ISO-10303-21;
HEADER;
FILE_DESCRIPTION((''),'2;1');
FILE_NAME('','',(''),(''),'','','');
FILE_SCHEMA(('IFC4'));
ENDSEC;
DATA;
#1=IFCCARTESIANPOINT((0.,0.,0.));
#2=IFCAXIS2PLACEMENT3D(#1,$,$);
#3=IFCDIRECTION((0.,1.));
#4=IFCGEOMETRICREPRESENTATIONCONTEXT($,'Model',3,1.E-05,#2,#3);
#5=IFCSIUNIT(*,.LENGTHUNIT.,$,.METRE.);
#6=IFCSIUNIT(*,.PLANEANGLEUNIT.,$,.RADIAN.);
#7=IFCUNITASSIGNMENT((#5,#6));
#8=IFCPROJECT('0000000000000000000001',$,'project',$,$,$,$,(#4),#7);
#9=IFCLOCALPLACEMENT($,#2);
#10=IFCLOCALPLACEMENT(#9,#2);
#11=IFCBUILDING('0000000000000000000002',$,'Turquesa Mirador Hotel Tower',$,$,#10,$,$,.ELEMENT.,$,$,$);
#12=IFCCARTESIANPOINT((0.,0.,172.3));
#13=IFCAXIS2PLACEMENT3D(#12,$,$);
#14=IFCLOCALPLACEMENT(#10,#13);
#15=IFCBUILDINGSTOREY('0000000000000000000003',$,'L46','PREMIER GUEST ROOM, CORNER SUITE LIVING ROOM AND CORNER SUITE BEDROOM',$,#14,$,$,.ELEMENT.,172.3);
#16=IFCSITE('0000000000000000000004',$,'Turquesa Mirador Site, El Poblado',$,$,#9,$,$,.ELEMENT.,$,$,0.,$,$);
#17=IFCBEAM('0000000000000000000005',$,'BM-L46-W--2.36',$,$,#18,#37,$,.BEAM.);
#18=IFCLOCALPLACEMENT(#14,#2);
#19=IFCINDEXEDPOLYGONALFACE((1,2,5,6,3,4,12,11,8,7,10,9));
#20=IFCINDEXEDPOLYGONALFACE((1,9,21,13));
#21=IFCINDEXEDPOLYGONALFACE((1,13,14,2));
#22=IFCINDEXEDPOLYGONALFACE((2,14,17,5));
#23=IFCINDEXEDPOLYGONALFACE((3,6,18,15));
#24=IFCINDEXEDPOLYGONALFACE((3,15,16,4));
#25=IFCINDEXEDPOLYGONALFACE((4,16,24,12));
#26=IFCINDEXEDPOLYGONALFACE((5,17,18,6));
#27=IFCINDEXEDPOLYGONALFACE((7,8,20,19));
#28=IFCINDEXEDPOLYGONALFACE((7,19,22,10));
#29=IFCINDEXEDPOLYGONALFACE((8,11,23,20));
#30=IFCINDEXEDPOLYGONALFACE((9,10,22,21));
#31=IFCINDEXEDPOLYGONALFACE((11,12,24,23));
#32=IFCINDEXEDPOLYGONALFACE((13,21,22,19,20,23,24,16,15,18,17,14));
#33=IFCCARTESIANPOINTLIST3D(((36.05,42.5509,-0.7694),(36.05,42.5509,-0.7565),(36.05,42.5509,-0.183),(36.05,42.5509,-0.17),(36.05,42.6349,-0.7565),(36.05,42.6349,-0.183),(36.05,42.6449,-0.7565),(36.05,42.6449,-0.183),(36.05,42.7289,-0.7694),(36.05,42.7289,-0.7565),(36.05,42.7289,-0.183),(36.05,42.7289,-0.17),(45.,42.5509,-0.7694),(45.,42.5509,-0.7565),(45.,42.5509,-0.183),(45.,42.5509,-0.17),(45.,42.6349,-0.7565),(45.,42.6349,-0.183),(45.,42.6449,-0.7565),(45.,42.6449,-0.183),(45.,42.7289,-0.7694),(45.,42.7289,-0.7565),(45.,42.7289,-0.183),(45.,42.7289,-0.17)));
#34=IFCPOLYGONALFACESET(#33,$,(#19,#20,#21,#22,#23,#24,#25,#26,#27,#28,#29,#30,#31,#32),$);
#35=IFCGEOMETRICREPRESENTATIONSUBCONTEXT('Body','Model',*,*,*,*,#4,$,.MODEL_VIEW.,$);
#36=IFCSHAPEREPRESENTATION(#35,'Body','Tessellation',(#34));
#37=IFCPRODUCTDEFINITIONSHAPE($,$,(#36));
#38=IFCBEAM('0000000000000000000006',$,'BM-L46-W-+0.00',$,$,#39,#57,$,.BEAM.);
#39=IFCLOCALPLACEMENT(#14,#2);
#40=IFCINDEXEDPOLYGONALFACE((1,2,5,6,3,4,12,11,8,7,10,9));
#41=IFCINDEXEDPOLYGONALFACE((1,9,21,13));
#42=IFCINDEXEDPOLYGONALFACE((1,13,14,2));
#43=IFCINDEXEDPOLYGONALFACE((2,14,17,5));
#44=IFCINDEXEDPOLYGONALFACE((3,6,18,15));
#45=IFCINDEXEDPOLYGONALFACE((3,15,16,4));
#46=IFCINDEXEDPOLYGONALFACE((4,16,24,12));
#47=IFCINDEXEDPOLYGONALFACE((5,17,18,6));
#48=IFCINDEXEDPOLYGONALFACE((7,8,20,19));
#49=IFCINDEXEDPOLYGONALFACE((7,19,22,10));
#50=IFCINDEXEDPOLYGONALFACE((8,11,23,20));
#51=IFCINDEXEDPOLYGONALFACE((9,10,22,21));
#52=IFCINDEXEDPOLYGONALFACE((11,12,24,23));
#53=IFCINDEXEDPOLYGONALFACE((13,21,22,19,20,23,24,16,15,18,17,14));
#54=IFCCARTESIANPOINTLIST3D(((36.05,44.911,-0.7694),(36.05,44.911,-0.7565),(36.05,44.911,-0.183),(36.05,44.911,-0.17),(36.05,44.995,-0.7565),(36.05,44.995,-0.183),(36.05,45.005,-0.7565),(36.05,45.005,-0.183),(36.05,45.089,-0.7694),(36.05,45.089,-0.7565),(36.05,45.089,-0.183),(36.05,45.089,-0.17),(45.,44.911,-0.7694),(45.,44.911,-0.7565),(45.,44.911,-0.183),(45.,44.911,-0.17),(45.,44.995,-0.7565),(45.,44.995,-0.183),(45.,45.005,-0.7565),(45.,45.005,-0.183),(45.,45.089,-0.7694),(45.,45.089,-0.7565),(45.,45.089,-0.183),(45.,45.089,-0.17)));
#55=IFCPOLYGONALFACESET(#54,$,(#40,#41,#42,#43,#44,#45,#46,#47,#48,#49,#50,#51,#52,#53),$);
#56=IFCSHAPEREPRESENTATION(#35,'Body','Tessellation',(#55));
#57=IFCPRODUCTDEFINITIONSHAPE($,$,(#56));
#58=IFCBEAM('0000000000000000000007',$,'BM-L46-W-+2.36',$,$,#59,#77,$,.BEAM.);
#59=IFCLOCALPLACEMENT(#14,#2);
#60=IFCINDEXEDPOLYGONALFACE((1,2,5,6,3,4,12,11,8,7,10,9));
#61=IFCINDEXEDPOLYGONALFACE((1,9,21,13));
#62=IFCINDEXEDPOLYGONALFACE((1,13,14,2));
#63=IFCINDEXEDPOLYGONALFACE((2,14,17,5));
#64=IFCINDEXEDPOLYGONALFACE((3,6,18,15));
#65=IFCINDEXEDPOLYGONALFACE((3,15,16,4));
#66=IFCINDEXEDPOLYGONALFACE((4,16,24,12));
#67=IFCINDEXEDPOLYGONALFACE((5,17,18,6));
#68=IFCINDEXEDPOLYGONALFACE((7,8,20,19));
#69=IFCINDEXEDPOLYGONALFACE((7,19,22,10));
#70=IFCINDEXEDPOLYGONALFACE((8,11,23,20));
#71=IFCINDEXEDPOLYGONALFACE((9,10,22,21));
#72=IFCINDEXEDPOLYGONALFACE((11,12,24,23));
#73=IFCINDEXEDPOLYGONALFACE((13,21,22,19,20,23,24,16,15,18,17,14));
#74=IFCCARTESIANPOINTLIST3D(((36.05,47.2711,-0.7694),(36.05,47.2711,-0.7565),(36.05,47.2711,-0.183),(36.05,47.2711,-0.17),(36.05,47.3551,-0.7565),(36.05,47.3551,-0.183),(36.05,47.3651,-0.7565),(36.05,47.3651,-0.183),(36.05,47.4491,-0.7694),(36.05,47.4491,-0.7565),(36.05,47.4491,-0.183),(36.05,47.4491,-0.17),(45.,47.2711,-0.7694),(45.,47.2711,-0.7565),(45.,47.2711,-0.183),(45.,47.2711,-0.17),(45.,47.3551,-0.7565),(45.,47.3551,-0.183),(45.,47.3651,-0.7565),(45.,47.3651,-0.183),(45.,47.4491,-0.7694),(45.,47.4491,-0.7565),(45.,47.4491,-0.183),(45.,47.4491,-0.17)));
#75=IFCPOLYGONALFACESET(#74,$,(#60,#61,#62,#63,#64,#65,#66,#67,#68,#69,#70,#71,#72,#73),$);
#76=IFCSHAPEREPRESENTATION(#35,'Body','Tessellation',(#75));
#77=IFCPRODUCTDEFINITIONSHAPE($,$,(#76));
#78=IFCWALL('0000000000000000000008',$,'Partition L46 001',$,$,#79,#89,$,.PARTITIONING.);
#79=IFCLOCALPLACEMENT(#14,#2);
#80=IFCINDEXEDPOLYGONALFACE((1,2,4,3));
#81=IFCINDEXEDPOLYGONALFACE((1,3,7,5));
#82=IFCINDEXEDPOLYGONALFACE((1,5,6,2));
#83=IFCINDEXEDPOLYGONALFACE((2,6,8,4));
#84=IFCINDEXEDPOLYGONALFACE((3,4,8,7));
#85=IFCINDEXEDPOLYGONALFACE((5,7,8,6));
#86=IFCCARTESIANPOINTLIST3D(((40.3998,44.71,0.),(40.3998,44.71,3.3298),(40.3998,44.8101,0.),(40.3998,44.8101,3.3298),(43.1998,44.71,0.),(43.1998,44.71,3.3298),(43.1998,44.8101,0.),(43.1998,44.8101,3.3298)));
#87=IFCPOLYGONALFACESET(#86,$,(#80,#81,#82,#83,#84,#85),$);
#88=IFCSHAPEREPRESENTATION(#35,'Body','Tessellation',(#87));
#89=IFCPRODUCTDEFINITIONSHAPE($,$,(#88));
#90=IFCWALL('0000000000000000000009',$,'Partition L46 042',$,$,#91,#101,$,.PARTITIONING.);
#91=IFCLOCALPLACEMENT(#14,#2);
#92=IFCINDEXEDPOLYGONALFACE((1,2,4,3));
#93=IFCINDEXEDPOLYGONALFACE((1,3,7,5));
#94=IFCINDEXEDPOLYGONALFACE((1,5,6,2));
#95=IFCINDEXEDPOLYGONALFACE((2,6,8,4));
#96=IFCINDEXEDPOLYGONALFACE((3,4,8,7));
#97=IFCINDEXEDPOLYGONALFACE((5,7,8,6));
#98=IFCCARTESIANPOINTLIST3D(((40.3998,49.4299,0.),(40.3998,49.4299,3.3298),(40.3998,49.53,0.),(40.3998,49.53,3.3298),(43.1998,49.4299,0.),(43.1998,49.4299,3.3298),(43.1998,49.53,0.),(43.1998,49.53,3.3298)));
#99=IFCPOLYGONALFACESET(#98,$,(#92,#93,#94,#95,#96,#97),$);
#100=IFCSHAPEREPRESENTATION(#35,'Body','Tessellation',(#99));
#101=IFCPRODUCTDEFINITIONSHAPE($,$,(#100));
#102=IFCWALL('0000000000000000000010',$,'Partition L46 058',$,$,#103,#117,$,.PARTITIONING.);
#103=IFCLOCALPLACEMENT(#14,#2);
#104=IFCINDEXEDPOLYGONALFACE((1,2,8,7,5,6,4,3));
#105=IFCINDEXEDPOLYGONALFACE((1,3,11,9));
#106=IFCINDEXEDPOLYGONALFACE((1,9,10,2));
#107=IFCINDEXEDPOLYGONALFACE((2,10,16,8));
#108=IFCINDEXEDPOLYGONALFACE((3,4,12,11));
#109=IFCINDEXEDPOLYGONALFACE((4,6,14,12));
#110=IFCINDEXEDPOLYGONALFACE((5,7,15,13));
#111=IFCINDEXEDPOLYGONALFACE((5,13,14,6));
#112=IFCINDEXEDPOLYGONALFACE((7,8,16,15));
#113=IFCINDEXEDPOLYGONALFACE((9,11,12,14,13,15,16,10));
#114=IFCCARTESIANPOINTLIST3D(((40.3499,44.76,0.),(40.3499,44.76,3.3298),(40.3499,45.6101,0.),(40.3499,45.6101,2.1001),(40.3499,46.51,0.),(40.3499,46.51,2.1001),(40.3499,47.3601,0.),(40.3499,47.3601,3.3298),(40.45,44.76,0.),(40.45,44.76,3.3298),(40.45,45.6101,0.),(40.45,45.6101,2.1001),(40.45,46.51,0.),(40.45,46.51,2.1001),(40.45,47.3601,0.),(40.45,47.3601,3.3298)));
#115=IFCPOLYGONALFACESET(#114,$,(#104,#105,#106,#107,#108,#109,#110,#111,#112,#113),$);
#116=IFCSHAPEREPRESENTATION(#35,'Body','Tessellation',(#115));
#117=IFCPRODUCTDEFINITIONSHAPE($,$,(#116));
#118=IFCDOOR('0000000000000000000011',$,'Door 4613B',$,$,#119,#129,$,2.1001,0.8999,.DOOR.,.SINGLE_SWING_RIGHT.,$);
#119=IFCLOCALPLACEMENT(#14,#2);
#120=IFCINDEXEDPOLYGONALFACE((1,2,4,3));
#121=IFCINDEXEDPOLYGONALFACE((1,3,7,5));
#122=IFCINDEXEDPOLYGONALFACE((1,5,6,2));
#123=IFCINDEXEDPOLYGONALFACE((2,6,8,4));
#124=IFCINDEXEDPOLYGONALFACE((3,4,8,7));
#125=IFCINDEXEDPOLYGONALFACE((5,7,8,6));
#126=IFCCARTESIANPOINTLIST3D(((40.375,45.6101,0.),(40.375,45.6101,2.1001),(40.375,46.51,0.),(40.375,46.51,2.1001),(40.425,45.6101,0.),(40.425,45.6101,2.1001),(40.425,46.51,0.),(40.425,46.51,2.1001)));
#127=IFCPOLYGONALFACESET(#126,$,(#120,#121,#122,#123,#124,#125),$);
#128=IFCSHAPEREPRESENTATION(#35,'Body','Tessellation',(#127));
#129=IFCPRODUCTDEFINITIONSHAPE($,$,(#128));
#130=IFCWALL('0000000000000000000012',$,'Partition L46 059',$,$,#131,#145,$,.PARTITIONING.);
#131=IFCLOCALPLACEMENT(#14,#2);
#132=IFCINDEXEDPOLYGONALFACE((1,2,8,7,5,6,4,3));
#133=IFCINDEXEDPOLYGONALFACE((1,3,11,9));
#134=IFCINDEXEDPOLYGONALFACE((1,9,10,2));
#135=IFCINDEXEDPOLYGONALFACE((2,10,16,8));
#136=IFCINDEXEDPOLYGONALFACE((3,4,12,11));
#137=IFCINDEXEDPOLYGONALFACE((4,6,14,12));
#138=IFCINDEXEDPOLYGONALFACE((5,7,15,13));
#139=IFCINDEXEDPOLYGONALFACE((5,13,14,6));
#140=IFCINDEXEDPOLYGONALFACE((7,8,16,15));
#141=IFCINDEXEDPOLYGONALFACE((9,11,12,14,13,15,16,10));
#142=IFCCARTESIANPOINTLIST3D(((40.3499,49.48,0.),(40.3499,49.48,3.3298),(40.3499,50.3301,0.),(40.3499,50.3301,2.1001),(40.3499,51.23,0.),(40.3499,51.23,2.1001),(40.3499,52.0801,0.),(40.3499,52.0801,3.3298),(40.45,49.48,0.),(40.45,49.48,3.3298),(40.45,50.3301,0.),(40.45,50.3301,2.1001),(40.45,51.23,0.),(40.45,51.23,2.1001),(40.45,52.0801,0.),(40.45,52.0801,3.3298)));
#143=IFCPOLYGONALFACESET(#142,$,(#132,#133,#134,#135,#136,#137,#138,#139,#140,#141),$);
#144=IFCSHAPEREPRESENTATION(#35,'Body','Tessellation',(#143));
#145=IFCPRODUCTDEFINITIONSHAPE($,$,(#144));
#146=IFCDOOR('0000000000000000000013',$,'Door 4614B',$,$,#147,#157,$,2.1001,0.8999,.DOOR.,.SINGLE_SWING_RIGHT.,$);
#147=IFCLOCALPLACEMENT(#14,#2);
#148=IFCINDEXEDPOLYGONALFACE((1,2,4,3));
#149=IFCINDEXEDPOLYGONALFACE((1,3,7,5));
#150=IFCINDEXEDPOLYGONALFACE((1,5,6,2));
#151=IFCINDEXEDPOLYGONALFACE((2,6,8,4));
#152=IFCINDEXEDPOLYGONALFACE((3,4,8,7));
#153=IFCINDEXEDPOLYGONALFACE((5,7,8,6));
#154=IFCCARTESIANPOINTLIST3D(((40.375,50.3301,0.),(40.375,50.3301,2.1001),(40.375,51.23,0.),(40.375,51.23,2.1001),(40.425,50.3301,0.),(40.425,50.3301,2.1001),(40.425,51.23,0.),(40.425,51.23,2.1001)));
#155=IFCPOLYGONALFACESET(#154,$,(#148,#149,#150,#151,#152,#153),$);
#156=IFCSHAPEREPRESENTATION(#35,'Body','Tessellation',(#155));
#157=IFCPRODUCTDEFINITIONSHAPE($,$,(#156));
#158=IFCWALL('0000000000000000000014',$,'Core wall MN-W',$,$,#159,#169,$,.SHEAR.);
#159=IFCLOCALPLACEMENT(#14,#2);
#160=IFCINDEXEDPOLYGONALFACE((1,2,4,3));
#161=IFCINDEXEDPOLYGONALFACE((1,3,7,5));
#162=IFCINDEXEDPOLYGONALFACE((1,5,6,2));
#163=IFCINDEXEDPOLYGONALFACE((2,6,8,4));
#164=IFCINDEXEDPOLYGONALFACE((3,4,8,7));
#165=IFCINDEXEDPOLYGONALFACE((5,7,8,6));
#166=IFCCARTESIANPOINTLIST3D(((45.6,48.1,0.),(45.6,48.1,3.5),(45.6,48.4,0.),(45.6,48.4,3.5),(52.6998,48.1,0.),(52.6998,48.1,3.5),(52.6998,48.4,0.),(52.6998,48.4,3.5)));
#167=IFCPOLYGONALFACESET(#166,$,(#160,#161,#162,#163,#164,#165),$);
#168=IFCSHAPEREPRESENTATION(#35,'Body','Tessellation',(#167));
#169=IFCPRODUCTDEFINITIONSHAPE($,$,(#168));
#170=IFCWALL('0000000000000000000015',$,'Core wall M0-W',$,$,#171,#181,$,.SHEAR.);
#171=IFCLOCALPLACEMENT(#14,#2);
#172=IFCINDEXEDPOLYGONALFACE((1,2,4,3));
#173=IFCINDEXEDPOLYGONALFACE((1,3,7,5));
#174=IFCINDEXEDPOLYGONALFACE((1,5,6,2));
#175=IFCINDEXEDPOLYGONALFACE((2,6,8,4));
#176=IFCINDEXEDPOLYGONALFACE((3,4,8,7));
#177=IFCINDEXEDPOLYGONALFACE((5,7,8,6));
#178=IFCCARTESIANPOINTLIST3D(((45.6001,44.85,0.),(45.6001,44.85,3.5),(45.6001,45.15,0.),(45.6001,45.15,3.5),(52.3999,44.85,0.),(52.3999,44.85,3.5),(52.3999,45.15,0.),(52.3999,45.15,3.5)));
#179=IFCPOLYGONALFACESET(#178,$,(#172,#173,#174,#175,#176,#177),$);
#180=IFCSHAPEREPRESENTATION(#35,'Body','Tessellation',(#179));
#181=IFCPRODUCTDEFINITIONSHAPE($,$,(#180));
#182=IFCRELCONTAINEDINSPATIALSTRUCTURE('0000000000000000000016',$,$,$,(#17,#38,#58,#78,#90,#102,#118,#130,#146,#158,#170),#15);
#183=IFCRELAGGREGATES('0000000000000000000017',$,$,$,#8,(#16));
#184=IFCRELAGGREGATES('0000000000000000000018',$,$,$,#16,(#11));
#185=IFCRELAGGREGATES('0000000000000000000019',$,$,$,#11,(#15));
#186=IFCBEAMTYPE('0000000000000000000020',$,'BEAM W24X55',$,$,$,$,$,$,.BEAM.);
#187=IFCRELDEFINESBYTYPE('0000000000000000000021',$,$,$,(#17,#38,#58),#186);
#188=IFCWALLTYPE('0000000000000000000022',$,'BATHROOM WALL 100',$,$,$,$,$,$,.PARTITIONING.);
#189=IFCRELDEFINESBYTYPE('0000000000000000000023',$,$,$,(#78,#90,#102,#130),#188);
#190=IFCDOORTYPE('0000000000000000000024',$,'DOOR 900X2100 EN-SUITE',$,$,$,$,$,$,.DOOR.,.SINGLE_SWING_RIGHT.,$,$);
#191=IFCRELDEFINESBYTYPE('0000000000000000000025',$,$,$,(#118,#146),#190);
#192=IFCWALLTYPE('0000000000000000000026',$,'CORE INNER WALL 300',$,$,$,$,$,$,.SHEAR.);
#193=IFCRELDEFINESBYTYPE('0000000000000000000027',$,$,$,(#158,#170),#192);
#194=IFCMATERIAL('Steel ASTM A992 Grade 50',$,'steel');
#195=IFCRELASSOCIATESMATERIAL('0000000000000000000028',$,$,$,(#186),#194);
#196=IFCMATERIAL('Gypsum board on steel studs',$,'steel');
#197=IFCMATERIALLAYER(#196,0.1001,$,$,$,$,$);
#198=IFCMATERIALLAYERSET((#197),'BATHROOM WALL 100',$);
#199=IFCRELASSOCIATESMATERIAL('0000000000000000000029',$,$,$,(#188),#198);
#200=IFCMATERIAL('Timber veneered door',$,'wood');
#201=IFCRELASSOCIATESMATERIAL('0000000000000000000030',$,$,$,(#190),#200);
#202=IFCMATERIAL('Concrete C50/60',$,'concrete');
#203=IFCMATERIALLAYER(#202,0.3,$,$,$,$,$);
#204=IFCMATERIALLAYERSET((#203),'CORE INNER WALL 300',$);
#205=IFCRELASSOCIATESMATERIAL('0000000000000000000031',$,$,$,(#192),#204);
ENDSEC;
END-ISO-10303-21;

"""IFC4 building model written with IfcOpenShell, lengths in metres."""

from ifc_helpers import new_model, si_unit, direction, frame, frame_2d, origin, origin_2d, place, context, subcontext, project, spatial, rectangle, i_section, extrude, material, layer, layer_set, material_profile, profile_set, type_object, element, fill, save


model = new_model("IFC4")

# Units and contexts
model_context = context("Model", 3, precision=1e-05, world=origin(), true_north=direction((0.0, 1.0)))
body_context = subcontext(model_context, "Body", "Model", "MODEL_VIEW")
ifc_project = project(units=[si_unit("LENGTHUNIT", "METRE"), si_unit("PLANEANGLEUNIT", "RADIAN")], contexts=[model_context])

# Site, building, storey
site_placement = place(None, origin())
site = spatial("IfcSite", under=ifc_project, at=site_placement, Name="Turquesa Mirador Site, El Poblado", CompositionType="ELEMENT", RefElevation=0.0)
building_placement = place(site_placement, origin())
building = spatial("IfcBuilding", under=site, at=building_placement, Name="Turquesa Mirador Hotel Tower", CompositionType="ELEMENT")
storey_placement = place(building_placement, frame((0.0, 0.0, 172.3)))
storey = spatial("IfcBuildingStorey", under=building, at=storey_placement, Name="L46", Description="PREMIER GUEST ROOM, CORNER SUITE LIVING ROOM AND CORNER SUITE BEDROOM", CompositionType="ELEMENT", Elevation=172.3)

# Beams
ifc_material_1 = material(Name="Steel ASTM A992 Grade 50", Category="steel")
ifc_material_profile = material_profile(ifc_material_1, i_section(OverallWidth=0.178, OverallDepth=0.5994, WebThickness=0.01, FlangeThickness=0.0129, at=origin_2d()), Name="W24X55")
ifc_profile_set = profile_set([ifc_material_profile], Name="Steel ASTM A992 Grade 50")
beam_type = type_object("IfcBeamType", Name="BEAM W24X55", PredefinedType="BEAM", material=ifc_profile_set)
for number, where, z_axis, x_axis, name in (
    (1, (36.05, 42.6399, -0.4697), (1.0, 0.0, 0.0), (0.0, 1.0, 0.0), "BM-L46-W--2.36"),
    (2, (36.05, 45.0, -0.4697), (1.0, 0.0, 0.0), (0.0, 1.0, 0.0), "BM-L46-W-+0.00"),
    (3, (36.05, 47.3601, -0.4697), (1.0, 0.0, 0.0), (0.0, 1.0, 0.0), "BM-L46-W-+2.36"),
):
    element("IfcBeam", number, at=place(storey_placement, frame(where, z_axis=z_axis, x_axis=x_axis)), inside=storey, type_object=beam_type, Name=name, PredefinedType="BEAM", context=body_context, shape_type="SweptSolid", body=[
        extrude(i_section(OverallWidth=0.178, OverallDepth=0.5994, WebThickness=0.01, FlangeThickness=0.0129, at=origin_2d()), origin(), (0.0, 0.0, 1.0), 8.95),
    ])

# Walls
ifc_material_2 = material(Name="Gypsum board on steel studs", Category="steel")
ifc_layer_1 = layer(ifc_material_2, 0.1001)
ifc_layer_set_1 = layer_set([ifc_layer_1], Name="BATHROOM WALL 100")
wall_type_1 = type_object("IfcWallType", Name="BATHROOM WALL 100", PredefinedType="PARTITIONING", material=ifc_layer_set_1)
for number, where, z_axis, x_axis, name in (
    (4, (40.3999, 44.76, 0.0), (0.0, 0.0, 1.0), (1.0, 0.0, 0.0), "Partition L46 001"),
    (5, (40.3999, 49.48, 0.0), (0.0, 0.0, 1.0), (1.0, 0.0, 0.0), "Partition L46 042"),
):
    element("IfcWall", number, at=place(storey_placement, frame(where, z_axis=z_axis, x_axis=x_axis)), inside=storey, type_object=wall_type_1, Name=name, PredefinedType="PARTITIONING", context=body_context, shape_type="SweptSolid", body=[
        extrude(rectangle(XDim=2.8, YDim=0.1001, at=frame_2d((1.3999, 0.0))), origin(), (0.0, 0.0, 1.0), 3.3298),
    ])

# Walls, openings, doors
wall_1_placement = place(storey_placement, frame((40.3999, 44.76, 0.0), z_axis=(0.0, 0.0, 1.0), x_axis=(0.0, 1.0, 0.0)))
wall_1 = element("IfcWall", 6, at=wall_1_placement, inside=storey, type_object=wall_type_1, Name="Partition L46 058", PredefinedType="PARTITIONING", context=body_context, shape_type="SweptSolid", body=[
    extrude(rectangle(XDim=2.6001, YDim=0.1001, at=frame_2d((1.3, 0.0))), origin(), (0.0, 0.0, 1.0), 3.3298),
])
opening_1_placement = place(wall_1_placement, frame((0.8501, 0.0, 0.0)))
opening_1 = element("IfcOpeningElement", 7, at=opening_1_placement, cuts=wall_1, PredefinedType="OPENING", context=body_context, shape_type="SweptSolid", body=[
    extrude(rectangle(XDim=0.8999, YDim=2.1001, at=frame_2d((0.45, 1.05))), frame((0.0, 0.0601, 0.0), z_axis=(0.0, -1.0, 0.0), x_axis=(1.0, 0.0, 0.0)), (0.0, 0.0, 1.0), 0.1201),
])
ifc_material_3 = material(Name="Timber veneered door", Category="wood")
door_type = type_object("IfcDoorType", Name="DOOR 900X2100 EN-SUITE", OperationType="SINGLE_SWING_RIGHT", PredefinedType="DOOR", material=ifc_material_3)
door_1_placement = place(opening_1_placement, origin())
door_1 = element("IfcDoor", 8, at=door_1_placement, inside=storey, type_object=door_type, Name="Door 4613B", OperationType="SINGLE_SWING_RIGHT", OverallHeight=2.1001, OverallWidth=0.8999, PredefinedType="DOOR", context=body_context, shape_type="SweptSolid", body=[
    extrude(rectangle(XDim=0.8999, YDim=2.1001, at=frame_2d((0.45, 1.05))), frame((0.0, 0.0249, 0.0), z_axis=(0.0, -1.0, 0.0), x_axis=(1.0, 0.0, 0.0)), (0.0, 0.0, 1.0), 0.05),
])
fill(opening_1, door_1)
wall_2_placement = place(storey_placement, frame((40.3999, 49.48, 0.0), z_axis=(0.0, 0.0, 1.0), x_axis=(0.0, 1.0, 0.0)))
wall_2 = element("IfcWall", 9, at=wall_2_placement, inside=storey, type_object=wall_type_1, Name="Partition L46 059", PredefinedType="PARTITIONING", context=body_context, shape_type="SweptSolid", body=[
    extrude(rectangle(XDim=2.6001, YDim=0.1001, at=frame_2d((1.3, 0.0))), origin(), (0.0, 0.0, 1.0), 3.3298),
])
opening_2_placement = place(wall_2_placement, frame((0.8501, 0.0, 0.0)))
opening_2 = element("IfcOpeningElement", 10, at=opening_2_placement, cuts=wall_2, PredefinedType="OPENING", context=body_context, shape_type="SweptSolid", body=[
    extrude(rectangle(XDim=0.8999, YDim=2.1001, at=frame_2d((0.45, 1.05))), frame((0.0, 0.0601, 0.0), z_axis=(0.0, -1.0, 0.0), x_axis=(1.0, 0.0, 0.0)), (0.0, 0.0, 1.0), 0.1201),
])
door_2_placement = place(opening_2_placement, origin())
door_2 = element("IfcDoor", 11, at=door_2_placement, inside=storey, type_object=door_type, Name="Door 4614B", OperationType="SINGLE_SWING_RIGHT", OverallHeight=2.1001, OverallWidth=0.8999, PredefinedType="DOOR", context=body_context, shape_type="SweptSolid", body=[
    extrude(rectangle(XDim=0.8999, YDim=2.1001, at=frame_2d((0.45, 1.05))), frame((0.0, 0.0249, 0.0), z_axis=(0.0, -1.0, 0.0), x_axis=(1.0, 0.0, 0.0)), (0.0, 0.0, 1.0), 0.05),
])
fill(opening_2, door_2)

# Walls
ifc_material_4 = material(Name="Concrete C50/60", Category="concrete")
ifc_layer_2 = layer(ifc_material_4, 0.3)
ifc_layer_set_2 = layer_set([ifc_layer_2], Name="CORE INNER WALL 300")
wall_type_2 = type_object("IfcWallType", Name="CORE INNER WALL 300", PredefinedType="SHEAR", material=ifc_layer_set_2)
wall_3_placement = place(storey_placement, frame((45.6001, 48.25, 0.0), z_axis=(0.0, 0.0, 1.0), x_axis=(1.0, 0.0, 0.0)))
element("IfcWall", 12, at=wall_3_placement, inside=storey, type_object=wall_type_2, Name="Core wall MN-W", PredefinedType="SHEAR", context=body_context, shape_type="SweptSolid", body=[
    extrude(rectangle(XDim=7.0999, YDim=0.3, at=frame_2d((3.5498, 0.0))), origin(), (0.0, 0.0, 1.0), 3.5),
])
wall_4_placement = place(storey_placement, frame((45.6001, 45.0, 0.0), z_axis=(0.0, 0.0, 1.0), x_axis=(1.0, 0.0, 0.0)))
element("IfcWall", 13, at=wall_4_placement, inside=storey, type_object=wall_type_2, Name="Core wall M0-W", PredefinedType="SHEAR", context=body_context, shape_type="SweptSolid", body=[
    extrude(rectangle(XDim=6.7998, YDim=0.3, at=frame_2d((3.3999, 0.0))), origin(), (0.0, 0.0, 1.0), 3.5),
])

save(model, "model.ifc")
